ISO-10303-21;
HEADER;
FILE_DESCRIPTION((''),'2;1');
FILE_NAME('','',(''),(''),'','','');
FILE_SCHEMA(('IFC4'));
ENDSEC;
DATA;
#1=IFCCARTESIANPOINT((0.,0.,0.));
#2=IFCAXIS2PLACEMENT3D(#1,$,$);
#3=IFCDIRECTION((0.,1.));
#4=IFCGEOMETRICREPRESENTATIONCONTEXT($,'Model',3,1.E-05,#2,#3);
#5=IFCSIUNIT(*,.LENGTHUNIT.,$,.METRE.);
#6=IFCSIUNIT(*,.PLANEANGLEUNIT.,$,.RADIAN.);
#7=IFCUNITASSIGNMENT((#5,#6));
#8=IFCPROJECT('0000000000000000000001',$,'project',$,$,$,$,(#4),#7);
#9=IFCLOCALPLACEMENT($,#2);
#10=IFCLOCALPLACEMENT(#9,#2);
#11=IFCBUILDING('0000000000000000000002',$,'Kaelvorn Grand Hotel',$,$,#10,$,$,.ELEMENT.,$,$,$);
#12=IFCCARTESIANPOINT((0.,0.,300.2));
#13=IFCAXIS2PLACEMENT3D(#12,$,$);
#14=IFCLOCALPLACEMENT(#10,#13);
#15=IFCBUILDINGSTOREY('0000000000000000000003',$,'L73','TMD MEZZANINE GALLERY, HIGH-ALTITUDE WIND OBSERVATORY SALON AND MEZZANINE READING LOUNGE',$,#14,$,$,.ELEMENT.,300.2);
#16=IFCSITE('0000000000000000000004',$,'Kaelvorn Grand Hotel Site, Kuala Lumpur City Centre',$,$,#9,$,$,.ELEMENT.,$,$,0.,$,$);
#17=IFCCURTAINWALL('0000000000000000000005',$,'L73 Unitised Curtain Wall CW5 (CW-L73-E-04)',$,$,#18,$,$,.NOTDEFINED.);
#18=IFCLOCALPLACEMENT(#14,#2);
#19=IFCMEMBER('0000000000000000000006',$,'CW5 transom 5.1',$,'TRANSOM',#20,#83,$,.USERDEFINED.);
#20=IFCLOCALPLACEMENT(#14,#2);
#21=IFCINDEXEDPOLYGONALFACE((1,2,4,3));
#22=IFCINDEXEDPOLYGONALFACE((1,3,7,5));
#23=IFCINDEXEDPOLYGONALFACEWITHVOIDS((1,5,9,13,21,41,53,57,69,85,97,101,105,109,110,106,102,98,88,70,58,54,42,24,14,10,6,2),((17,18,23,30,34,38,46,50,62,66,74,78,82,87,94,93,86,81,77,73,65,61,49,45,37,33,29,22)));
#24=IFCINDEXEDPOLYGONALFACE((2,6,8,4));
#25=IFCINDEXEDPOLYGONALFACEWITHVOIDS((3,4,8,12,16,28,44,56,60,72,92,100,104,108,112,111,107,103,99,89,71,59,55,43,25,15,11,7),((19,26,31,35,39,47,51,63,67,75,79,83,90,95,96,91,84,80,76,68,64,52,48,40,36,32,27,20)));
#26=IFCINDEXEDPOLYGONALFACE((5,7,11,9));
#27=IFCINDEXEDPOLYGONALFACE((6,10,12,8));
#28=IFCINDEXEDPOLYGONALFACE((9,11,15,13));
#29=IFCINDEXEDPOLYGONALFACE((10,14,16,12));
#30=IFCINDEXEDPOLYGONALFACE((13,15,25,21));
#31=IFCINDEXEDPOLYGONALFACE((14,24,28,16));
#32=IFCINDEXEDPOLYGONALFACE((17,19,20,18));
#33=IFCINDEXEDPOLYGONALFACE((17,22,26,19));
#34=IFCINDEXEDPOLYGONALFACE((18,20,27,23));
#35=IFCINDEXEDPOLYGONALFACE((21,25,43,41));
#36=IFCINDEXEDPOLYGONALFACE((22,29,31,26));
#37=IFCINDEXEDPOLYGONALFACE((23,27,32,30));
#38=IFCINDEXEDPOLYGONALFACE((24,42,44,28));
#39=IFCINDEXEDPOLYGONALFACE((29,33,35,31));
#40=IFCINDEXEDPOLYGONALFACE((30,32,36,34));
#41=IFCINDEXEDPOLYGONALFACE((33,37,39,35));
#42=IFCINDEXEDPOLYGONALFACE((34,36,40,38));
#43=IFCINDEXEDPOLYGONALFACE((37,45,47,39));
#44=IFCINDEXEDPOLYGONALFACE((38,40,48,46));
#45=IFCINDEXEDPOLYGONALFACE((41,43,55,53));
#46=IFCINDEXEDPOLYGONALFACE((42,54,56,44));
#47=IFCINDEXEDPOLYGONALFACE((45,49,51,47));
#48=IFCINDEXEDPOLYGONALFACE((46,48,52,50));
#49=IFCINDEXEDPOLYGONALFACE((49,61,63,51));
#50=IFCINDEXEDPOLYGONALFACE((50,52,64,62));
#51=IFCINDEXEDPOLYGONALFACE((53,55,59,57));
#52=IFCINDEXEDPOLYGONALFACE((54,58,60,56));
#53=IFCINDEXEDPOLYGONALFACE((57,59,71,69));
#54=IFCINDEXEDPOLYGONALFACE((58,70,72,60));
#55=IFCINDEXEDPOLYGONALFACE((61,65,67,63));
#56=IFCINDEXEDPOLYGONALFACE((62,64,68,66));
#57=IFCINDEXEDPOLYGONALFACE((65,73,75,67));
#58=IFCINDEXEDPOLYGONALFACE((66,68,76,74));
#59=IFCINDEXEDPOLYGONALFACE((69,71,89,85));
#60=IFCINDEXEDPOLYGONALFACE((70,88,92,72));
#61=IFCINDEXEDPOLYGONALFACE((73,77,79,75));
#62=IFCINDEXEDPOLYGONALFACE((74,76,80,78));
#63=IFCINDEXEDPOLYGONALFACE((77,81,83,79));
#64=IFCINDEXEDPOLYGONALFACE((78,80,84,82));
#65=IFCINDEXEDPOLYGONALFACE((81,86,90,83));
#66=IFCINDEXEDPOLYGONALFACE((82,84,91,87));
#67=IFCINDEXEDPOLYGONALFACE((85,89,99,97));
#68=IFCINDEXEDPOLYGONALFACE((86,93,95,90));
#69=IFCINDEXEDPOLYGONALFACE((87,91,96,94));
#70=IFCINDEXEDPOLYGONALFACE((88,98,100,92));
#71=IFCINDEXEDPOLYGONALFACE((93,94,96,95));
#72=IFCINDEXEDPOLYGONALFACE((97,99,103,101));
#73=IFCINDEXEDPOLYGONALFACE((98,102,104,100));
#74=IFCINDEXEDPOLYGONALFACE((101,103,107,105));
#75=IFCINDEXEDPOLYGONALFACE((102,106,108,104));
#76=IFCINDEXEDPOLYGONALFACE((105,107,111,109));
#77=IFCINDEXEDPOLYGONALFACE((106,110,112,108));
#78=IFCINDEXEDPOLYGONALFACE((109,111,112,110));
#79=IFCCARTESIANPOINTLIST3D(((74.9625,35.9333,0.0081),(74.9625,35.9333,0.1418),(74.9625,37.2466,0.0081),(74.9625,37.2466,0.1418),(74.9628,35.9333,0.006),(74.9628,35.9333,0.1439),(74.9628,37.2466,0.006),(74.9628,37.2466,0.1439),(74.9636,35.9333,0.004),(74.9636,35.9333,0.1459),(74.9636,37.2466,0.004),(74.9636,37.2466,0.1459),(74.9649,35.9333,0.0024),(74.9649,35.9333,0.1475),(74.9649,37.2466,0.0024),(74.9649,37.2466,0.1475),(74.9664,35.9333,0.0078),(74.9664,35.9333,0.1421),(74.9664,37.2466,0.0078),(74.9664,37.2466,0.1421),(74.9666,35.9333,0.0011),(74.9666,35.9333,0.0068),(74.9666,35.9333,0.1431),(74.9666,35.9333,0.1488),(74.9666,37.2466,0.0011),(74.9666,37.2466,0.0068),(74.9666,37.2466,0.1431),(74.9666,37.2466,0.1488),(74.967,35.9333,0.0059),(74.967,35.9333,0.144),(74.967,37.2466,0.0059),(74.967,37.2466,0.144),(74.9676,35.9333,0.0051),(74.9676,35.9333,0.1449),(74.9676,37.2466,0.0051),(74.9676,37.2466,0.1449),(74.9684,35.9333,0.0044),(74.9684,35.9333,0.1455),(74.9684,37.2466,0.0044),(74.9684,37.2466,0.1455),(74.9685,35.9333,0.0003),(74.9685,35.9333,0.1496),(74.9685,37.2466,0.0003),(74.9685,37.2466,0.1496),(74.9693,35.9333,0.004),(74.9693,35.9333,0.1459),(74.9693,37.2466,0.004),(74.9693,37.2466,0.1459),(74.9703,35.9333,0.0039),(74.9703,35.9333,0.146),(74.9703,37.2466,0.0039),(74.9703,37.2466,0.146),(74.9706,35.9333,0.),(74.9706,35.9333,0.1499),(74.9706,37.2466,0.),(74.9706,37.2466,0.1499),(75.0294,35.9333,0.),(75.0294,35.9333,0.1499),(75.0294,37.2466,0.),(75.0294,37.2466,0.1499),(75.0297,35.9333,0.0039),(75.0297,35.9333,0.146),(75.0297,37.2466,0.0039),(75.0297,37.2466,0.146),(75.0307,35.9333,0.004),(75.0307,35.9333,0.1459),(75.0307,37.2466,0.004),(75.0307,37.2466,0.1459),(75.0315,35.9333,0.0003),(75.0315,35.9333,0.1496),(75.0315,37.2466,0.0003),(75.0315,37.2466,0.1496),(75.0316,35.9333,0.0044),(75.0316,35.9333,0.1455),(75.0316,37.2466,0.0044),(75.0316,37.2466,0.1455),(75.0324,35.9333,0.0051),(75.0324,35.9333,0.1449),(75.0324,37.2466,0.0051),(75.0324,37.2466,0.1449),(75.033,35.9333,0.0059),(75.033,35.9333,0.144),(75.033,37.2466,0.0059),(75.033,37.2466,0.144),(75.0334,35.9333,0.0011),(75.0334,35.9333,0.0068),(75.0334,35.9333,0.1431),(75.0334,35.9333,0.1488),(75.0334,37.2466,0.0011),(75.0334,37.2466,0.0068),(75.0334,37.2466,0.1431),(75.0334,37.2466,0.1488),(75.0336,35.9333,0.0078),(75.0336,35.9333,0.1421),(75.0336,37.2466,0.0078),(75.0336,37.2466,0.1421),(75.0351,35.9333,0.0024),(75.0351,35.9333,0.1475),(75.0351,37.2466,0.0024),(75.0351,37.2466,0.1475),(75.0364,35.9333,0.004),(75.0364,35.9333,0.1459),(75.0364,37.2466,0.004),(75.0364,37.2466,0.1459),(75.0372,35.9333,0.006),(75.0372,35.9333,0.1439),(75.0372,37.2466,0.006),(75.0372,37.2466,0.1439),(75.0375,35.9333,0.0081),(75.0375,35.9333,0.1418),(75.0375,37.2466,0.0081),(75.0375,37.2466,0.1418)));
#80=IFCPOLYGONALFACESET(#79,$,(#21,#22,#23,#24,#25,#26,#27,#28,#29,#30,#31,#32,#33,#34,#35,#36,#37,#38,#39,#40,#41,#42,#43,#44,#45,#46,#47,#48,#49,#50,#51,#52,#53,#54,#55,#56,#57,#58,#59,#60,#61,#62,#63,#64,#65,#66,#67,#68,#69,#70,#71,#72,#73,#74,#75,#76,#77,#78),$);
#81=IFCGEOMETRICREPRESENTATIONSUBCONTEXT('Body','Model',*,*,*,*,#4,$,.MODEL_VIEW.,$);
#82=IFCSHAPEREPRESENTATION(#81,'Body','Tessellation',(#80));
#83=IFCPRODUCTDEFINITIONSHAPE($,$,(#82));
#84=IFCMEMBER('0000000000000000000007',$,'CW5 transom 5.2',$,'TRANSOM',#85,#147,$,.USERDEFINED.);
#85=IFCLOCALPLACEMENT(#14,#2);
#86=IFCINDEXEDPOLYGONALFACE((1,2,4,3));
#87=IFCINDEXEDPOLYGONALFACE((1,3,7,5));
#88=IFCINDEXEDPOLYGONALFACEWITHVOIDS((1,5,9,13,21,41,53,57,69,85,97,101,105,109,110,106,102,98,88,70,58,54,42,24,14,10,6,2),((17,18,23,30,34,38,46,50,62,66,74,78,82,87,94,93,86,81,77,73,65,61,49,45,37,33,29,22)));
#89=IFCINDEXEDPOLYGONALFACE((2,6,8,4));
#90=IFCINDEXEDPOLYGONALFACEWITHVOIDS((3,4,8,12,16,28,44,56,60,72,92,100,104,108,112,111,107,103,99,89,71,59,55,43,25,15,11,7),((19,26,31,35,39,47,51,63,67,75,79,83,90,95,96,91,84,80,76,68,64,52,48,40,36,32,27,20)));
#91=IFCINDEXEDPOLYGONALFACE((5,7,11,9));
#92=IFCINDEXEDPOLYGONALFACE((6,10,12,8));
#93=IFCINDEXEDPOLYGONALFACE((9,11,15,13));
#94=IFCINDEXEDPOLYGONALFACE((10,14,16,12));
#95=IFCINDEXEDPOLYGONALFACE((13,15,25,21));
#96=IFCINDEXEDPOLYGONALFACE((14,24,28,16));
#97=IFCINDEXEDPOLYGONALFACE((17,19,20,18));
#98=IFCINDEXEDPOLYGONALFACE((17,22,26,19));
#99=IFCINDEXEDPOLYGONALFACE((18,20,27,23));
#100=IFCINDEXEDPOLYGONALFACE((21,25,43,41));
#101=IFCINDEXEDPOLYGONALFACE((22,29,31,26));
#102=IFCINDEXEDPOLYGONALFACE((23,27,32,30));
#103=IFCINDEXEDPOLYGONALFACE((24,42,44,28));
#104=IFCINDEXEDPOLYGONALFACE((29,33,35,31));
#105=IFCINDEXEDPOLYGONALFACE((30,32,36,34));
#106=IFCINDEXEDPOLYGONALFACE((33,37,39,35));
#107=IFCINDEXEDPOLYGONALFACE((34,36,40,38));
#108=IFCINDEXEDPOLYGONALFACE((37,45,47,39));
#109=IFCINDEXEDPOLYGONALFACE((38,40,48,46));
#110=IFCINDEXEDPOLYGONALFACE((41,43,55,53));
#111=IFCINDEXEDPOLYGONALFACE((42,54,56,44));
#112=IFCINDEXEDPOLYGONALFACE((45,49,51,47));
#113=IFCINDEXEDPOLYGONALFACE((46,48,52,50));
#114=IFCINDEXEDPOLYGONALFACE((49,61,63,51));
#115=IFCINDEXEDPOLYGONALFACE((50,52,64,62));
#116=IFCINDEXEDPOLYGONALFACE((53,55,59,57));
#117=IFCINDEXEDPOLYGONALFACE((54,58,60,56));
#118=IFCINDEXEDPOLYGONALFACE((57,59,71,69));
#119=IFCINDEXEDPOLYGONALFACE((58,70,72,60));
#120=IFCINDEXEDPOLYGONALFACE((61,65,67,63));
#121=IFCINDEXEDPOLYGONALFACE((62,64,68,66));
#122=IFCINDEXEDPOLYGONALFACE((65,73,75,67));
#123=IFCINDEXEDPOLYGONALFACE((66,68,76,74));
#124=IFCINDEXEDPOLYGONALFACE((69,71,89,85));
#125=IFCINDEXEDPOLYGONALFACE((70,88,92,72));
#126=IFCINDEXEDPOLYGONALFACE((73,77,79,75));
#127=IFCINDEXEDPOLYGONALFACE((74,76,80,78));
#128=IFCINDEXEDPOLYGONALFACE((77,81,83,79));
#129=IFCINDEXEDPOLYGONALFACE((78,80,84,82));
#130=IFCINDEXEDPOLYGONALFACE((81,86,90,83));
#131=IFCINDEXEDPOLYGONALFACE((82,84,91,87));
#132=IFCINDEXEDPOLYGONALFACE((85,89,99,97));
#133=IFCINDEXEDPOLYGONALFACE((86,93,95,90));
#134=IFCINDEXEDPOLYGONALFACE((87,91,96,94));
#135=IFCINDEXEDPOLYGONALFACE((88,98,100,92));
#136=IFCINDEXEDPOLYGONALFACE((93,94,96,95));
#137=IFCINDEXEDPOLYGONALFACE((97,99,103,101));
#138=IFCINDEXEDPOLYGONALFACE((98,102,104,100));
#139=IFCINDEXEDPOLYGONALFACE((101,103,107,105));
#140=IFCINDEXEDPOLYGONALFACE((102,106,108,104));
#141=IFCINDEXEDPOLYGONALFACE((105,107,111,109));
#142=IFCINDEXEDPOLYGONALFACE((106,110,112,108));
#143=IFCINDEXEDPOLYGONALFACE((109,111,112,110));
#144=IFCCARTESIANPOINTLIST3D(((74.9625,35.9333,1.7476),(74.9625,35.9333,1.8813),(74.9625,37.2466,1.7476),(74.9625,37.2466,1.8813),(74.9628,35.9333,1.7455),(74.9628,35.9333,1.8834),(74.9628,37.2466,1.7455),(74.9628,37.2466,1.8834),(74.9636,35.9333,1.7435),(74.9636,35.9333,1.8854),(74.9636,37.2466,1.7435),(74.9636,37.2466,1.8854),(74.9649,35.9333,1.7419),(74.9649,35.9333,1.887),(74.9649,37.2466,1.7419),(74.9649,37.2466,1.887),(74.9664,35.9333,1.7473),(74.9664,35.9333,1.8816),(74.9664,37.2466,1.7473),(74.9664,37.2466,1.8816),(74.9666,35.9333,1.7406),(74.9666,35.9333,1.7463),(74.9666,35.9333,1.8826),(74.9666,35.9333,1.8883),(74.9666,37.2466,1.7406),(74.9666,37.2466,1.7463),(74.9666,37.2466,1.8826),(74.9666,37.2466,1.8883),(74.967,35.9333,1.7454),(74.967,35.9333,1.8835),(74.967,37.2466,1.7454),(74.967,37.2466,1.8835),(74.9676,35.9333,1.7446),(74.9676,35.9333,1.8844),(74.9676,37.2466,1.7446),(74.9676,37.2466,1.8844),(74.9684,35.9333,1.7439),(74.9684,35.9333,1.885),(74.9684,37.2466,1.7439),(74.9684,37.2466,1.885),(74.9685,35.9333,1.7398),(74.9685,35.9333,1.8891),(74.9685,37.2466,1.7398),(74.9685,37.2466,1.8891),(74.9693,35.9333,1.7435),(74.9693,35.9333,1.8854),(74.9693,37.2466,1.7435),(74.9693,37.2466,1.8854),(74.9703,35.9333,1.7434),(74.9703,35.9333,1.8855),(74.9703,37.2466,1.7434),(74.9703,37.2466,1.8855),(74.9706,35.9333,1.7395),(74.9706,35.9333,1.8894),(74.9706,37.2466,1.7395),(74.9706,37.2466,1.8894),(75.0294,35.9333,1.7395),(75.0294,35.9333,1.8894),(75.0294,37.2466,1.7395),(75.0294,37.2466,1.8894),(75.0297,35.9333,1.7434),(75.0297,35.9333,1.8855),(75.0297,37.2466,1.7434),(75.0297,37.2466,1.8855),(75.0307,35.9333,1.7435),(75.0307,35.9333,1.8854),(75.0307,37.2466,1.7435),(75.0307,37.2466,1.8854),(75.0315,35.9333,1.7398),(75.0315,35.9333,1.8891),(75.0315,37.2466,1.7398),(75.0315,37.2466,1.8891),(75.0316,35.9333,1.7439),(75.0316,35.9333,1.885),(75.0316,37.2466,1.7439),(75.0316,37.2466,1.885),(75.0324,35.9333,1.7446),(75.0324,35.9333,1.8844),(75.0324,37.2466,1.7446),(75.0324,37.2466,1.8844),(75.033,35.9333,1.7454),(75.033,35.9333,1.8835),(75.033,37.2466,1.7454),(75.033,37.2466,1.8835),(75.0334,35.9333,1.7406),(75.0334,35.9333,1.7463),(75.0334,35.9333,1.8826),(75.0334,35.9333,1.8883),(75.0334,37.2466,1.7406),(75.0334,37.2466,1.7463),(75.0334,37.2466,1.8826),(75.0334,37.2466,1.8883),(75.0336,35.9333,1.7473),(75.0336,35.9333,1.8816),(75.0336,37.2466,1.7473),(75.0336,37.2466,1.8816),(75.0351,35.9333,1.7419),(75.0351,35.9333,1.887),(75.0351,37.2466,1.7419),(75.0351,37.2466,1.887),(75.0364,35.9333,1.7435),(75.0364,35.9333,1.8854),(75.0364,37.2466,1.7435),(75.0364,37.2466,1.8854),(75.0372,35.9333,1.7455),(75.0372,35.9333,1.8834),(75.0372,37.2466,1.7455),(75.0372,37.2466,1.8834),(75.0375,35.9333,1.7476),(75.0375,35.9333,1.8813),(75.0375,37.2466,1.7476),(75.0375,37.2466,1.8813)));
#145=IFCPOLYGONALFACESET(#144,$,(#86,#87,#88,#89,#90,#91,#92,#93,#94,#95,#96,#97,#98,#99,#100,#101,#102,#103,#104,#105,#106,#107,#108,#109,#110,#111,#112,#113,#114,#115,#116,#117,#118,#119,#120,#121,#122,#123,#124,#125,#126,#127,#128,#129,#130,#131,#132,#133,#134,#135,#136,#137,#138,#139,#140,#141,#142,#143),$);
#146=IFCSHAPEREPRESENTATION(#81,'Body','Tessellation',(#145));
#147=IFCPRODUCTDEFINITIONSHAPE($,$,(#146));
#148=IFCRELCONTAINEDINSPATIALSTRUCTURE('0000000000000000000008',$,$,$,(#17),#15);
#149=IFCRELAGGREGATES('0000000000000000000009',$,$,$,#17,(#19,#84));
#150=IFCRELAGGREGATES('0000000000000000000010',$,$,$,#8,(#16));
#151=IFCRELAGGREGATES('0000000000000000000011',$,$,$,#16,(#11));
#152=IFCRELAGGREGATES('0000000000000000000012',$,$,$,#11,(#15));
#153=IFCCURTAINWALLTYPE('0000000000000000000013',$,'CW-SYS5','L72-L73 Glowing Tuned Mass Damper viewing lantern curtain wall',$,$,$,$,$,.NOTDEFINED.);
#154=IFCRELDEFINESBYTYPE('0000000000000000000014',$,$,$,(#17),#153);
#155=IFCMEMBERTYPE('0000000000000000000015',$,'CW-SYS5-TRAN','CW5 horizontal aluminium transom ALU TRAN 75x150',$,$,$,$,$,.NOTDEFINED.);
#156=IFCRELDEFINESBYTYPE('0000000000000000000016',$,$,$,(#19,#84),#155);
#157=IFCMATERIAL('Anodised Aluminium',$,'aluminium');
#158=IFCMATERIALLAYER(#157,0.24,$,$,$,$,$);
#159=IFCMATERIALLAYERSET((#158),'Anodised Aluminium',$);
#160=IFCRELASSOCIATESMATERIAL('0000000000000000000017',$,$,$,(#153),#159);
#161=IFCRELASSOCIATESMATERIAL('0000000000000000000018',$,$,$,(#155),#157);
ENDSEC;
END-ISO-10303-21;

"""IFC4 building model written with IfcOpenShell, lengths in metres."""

from ifc_helpers import new_model, si_unit, direction, frame, origin, origin_2d, place, context, subcontext, project, spatial, hollow_rectangle, extrude, material, layer, layer_set, material_profile, profile_set, type_object, element, aggregate, save


model = new_model("IFC4")

# Units and contexts
model_context = context("Model", 3, precision=1e-05, world=origin(), true_north=direction((0.0, 1.0)))
body_context = subcontext(model_context, "Body", "Model", "MODEL_VIEW")
ifc_project = project(units=[si_unit("LENGTHUNIT", "METRE"), si_unit("PLANEANGLEUNIT", "RADIAN")], contexts=[model_context])

# Site, building, storey
site_placement = place(None, origin())
site = spatial("IfcSite", under=ifc_project, at=site_placement, Name="Kaelvorn Grand Hotel Site, Kuala Lumpur City Centre", CompositionType="ELEMENT", RefElevation=0.0)
building_placement = place(site_placement, origin())
building = spatial("IfcBuilding", under=site, at=building_placement, Name="Kaelvorn Grand Hotel", CompositionType="ELEMENT")
storey_placement = place(building_placement, frame((0.0, 0.0, 300.2)))
storey = spatial("IfcBuildingStorey", under=building, at=storey_placement, Name="L73", Description="TMD MEZZANINE GALLERY, HIGH-ALTITUDE WIND OBSERVATORY SALON AND MEZZANINE READING LOUNGE", CompositionType="ELEMENT", Elevation=300.2)

# Curtain wall, members
ifc_material_1 = material(Name="Anodised Aluminium", Category="aluminium")
ifc_layer_1 = layer(ifc_material_1, 0.24)
ifc_layer_set_1 = layer_set([ifc_layer_1], Name="Anodised Aluminium")
curtain_wall_type = type_object("IfcCurtainWallType", Name="CW-SYS5", Description="L72-L73 Glowing Tuned Mass Damper viewing lantern curtain wall", PredefinedType="NOTDEFINED", material=ifc_layer_set_1)
curtain_wall_placement = place(storey_placement, origin())
curtain_wall = element("IfcCurtainWall", 1, at=curtain_wall_placement, inside=storey, type_object=curtain_wall_type, Name="L73 Unitised Curtain Wall CW5 (CW-L73-E-04)", PredefinedType="NOTDEFINED")
ifc_material_profile_1 = material_profile(ifc_material_1, hollow_rectangle(XDim=0.075, YDim=0.1499, WallThickness=0.0039, InnerFilletRadius=0.0039, OuterFilletRadius=0.0081, at=origin_2d()), Name="ALU TRAN 75x150")
ifc_profile_set_1 = profile_set([ifc_material_profile_1], Name="Anodised Aluminium")
member_type_1 = type_object("IfcMemberType", Name="CW-SYS5-TRAN", Description="CW5 horizontal aluminium transom ALU TRAN 75x150", PredefinedType="NOTDEFINED", material=ifc_profile_set_1)
member_1_placement = place(storey_placement, frame((75.0, 35.9333, 0.075), z_axis=(0.0, 1.0, 0.0), x_axis=(-1.0, 0.0, 0.0)))
member_1 = element("IfcMember", 2, at=member_1_placement, type_object=member_type_1, Name="CW5 transom 5.1", ObjectType="TRANSOM", PredefinedType="USERDEFINED", context=body_context, shape_type="SweptSolid", body=[
    extrude(hollow_rectangle(XDim=0.075, YDim=0.1499, WallThickness=0.0039, InnerFilletRadius=0.0039, OuterFilletRadius=0.0081, at=origin_2d()), origin(), (0.0, 0.0, 1.0), 1.3132),
])
member_2_placement = place(storey_placement, frame((75.0, 35.9333, 1.8145), z_axis=(0.0, 1.0, 0.0), x_axis=(-1.0, 0.0, 0.0)))
member_2 = element("IfcMember", 3, at=member_2_placement, type_object=member_type_1, Name="CW5 transom 5.2", ObjectType="TRANSOM", PredefinedType="USERDEFINED", context=body_context, shape_type="SweptSolid", body=[
    extrude(hollow_rectangle(XDim=0.075, YDim=0.1499, WallThickness=0.0039, InnerFilletRadius=0.0039, OuterFilletRadius=0.0081, at=origin_2d()), origin(), (0.0, 0.0, 1.0), 1.3132),
])
aggregate(curtain_wall, [member_1, member_2])

save(model, "model.ifc")
